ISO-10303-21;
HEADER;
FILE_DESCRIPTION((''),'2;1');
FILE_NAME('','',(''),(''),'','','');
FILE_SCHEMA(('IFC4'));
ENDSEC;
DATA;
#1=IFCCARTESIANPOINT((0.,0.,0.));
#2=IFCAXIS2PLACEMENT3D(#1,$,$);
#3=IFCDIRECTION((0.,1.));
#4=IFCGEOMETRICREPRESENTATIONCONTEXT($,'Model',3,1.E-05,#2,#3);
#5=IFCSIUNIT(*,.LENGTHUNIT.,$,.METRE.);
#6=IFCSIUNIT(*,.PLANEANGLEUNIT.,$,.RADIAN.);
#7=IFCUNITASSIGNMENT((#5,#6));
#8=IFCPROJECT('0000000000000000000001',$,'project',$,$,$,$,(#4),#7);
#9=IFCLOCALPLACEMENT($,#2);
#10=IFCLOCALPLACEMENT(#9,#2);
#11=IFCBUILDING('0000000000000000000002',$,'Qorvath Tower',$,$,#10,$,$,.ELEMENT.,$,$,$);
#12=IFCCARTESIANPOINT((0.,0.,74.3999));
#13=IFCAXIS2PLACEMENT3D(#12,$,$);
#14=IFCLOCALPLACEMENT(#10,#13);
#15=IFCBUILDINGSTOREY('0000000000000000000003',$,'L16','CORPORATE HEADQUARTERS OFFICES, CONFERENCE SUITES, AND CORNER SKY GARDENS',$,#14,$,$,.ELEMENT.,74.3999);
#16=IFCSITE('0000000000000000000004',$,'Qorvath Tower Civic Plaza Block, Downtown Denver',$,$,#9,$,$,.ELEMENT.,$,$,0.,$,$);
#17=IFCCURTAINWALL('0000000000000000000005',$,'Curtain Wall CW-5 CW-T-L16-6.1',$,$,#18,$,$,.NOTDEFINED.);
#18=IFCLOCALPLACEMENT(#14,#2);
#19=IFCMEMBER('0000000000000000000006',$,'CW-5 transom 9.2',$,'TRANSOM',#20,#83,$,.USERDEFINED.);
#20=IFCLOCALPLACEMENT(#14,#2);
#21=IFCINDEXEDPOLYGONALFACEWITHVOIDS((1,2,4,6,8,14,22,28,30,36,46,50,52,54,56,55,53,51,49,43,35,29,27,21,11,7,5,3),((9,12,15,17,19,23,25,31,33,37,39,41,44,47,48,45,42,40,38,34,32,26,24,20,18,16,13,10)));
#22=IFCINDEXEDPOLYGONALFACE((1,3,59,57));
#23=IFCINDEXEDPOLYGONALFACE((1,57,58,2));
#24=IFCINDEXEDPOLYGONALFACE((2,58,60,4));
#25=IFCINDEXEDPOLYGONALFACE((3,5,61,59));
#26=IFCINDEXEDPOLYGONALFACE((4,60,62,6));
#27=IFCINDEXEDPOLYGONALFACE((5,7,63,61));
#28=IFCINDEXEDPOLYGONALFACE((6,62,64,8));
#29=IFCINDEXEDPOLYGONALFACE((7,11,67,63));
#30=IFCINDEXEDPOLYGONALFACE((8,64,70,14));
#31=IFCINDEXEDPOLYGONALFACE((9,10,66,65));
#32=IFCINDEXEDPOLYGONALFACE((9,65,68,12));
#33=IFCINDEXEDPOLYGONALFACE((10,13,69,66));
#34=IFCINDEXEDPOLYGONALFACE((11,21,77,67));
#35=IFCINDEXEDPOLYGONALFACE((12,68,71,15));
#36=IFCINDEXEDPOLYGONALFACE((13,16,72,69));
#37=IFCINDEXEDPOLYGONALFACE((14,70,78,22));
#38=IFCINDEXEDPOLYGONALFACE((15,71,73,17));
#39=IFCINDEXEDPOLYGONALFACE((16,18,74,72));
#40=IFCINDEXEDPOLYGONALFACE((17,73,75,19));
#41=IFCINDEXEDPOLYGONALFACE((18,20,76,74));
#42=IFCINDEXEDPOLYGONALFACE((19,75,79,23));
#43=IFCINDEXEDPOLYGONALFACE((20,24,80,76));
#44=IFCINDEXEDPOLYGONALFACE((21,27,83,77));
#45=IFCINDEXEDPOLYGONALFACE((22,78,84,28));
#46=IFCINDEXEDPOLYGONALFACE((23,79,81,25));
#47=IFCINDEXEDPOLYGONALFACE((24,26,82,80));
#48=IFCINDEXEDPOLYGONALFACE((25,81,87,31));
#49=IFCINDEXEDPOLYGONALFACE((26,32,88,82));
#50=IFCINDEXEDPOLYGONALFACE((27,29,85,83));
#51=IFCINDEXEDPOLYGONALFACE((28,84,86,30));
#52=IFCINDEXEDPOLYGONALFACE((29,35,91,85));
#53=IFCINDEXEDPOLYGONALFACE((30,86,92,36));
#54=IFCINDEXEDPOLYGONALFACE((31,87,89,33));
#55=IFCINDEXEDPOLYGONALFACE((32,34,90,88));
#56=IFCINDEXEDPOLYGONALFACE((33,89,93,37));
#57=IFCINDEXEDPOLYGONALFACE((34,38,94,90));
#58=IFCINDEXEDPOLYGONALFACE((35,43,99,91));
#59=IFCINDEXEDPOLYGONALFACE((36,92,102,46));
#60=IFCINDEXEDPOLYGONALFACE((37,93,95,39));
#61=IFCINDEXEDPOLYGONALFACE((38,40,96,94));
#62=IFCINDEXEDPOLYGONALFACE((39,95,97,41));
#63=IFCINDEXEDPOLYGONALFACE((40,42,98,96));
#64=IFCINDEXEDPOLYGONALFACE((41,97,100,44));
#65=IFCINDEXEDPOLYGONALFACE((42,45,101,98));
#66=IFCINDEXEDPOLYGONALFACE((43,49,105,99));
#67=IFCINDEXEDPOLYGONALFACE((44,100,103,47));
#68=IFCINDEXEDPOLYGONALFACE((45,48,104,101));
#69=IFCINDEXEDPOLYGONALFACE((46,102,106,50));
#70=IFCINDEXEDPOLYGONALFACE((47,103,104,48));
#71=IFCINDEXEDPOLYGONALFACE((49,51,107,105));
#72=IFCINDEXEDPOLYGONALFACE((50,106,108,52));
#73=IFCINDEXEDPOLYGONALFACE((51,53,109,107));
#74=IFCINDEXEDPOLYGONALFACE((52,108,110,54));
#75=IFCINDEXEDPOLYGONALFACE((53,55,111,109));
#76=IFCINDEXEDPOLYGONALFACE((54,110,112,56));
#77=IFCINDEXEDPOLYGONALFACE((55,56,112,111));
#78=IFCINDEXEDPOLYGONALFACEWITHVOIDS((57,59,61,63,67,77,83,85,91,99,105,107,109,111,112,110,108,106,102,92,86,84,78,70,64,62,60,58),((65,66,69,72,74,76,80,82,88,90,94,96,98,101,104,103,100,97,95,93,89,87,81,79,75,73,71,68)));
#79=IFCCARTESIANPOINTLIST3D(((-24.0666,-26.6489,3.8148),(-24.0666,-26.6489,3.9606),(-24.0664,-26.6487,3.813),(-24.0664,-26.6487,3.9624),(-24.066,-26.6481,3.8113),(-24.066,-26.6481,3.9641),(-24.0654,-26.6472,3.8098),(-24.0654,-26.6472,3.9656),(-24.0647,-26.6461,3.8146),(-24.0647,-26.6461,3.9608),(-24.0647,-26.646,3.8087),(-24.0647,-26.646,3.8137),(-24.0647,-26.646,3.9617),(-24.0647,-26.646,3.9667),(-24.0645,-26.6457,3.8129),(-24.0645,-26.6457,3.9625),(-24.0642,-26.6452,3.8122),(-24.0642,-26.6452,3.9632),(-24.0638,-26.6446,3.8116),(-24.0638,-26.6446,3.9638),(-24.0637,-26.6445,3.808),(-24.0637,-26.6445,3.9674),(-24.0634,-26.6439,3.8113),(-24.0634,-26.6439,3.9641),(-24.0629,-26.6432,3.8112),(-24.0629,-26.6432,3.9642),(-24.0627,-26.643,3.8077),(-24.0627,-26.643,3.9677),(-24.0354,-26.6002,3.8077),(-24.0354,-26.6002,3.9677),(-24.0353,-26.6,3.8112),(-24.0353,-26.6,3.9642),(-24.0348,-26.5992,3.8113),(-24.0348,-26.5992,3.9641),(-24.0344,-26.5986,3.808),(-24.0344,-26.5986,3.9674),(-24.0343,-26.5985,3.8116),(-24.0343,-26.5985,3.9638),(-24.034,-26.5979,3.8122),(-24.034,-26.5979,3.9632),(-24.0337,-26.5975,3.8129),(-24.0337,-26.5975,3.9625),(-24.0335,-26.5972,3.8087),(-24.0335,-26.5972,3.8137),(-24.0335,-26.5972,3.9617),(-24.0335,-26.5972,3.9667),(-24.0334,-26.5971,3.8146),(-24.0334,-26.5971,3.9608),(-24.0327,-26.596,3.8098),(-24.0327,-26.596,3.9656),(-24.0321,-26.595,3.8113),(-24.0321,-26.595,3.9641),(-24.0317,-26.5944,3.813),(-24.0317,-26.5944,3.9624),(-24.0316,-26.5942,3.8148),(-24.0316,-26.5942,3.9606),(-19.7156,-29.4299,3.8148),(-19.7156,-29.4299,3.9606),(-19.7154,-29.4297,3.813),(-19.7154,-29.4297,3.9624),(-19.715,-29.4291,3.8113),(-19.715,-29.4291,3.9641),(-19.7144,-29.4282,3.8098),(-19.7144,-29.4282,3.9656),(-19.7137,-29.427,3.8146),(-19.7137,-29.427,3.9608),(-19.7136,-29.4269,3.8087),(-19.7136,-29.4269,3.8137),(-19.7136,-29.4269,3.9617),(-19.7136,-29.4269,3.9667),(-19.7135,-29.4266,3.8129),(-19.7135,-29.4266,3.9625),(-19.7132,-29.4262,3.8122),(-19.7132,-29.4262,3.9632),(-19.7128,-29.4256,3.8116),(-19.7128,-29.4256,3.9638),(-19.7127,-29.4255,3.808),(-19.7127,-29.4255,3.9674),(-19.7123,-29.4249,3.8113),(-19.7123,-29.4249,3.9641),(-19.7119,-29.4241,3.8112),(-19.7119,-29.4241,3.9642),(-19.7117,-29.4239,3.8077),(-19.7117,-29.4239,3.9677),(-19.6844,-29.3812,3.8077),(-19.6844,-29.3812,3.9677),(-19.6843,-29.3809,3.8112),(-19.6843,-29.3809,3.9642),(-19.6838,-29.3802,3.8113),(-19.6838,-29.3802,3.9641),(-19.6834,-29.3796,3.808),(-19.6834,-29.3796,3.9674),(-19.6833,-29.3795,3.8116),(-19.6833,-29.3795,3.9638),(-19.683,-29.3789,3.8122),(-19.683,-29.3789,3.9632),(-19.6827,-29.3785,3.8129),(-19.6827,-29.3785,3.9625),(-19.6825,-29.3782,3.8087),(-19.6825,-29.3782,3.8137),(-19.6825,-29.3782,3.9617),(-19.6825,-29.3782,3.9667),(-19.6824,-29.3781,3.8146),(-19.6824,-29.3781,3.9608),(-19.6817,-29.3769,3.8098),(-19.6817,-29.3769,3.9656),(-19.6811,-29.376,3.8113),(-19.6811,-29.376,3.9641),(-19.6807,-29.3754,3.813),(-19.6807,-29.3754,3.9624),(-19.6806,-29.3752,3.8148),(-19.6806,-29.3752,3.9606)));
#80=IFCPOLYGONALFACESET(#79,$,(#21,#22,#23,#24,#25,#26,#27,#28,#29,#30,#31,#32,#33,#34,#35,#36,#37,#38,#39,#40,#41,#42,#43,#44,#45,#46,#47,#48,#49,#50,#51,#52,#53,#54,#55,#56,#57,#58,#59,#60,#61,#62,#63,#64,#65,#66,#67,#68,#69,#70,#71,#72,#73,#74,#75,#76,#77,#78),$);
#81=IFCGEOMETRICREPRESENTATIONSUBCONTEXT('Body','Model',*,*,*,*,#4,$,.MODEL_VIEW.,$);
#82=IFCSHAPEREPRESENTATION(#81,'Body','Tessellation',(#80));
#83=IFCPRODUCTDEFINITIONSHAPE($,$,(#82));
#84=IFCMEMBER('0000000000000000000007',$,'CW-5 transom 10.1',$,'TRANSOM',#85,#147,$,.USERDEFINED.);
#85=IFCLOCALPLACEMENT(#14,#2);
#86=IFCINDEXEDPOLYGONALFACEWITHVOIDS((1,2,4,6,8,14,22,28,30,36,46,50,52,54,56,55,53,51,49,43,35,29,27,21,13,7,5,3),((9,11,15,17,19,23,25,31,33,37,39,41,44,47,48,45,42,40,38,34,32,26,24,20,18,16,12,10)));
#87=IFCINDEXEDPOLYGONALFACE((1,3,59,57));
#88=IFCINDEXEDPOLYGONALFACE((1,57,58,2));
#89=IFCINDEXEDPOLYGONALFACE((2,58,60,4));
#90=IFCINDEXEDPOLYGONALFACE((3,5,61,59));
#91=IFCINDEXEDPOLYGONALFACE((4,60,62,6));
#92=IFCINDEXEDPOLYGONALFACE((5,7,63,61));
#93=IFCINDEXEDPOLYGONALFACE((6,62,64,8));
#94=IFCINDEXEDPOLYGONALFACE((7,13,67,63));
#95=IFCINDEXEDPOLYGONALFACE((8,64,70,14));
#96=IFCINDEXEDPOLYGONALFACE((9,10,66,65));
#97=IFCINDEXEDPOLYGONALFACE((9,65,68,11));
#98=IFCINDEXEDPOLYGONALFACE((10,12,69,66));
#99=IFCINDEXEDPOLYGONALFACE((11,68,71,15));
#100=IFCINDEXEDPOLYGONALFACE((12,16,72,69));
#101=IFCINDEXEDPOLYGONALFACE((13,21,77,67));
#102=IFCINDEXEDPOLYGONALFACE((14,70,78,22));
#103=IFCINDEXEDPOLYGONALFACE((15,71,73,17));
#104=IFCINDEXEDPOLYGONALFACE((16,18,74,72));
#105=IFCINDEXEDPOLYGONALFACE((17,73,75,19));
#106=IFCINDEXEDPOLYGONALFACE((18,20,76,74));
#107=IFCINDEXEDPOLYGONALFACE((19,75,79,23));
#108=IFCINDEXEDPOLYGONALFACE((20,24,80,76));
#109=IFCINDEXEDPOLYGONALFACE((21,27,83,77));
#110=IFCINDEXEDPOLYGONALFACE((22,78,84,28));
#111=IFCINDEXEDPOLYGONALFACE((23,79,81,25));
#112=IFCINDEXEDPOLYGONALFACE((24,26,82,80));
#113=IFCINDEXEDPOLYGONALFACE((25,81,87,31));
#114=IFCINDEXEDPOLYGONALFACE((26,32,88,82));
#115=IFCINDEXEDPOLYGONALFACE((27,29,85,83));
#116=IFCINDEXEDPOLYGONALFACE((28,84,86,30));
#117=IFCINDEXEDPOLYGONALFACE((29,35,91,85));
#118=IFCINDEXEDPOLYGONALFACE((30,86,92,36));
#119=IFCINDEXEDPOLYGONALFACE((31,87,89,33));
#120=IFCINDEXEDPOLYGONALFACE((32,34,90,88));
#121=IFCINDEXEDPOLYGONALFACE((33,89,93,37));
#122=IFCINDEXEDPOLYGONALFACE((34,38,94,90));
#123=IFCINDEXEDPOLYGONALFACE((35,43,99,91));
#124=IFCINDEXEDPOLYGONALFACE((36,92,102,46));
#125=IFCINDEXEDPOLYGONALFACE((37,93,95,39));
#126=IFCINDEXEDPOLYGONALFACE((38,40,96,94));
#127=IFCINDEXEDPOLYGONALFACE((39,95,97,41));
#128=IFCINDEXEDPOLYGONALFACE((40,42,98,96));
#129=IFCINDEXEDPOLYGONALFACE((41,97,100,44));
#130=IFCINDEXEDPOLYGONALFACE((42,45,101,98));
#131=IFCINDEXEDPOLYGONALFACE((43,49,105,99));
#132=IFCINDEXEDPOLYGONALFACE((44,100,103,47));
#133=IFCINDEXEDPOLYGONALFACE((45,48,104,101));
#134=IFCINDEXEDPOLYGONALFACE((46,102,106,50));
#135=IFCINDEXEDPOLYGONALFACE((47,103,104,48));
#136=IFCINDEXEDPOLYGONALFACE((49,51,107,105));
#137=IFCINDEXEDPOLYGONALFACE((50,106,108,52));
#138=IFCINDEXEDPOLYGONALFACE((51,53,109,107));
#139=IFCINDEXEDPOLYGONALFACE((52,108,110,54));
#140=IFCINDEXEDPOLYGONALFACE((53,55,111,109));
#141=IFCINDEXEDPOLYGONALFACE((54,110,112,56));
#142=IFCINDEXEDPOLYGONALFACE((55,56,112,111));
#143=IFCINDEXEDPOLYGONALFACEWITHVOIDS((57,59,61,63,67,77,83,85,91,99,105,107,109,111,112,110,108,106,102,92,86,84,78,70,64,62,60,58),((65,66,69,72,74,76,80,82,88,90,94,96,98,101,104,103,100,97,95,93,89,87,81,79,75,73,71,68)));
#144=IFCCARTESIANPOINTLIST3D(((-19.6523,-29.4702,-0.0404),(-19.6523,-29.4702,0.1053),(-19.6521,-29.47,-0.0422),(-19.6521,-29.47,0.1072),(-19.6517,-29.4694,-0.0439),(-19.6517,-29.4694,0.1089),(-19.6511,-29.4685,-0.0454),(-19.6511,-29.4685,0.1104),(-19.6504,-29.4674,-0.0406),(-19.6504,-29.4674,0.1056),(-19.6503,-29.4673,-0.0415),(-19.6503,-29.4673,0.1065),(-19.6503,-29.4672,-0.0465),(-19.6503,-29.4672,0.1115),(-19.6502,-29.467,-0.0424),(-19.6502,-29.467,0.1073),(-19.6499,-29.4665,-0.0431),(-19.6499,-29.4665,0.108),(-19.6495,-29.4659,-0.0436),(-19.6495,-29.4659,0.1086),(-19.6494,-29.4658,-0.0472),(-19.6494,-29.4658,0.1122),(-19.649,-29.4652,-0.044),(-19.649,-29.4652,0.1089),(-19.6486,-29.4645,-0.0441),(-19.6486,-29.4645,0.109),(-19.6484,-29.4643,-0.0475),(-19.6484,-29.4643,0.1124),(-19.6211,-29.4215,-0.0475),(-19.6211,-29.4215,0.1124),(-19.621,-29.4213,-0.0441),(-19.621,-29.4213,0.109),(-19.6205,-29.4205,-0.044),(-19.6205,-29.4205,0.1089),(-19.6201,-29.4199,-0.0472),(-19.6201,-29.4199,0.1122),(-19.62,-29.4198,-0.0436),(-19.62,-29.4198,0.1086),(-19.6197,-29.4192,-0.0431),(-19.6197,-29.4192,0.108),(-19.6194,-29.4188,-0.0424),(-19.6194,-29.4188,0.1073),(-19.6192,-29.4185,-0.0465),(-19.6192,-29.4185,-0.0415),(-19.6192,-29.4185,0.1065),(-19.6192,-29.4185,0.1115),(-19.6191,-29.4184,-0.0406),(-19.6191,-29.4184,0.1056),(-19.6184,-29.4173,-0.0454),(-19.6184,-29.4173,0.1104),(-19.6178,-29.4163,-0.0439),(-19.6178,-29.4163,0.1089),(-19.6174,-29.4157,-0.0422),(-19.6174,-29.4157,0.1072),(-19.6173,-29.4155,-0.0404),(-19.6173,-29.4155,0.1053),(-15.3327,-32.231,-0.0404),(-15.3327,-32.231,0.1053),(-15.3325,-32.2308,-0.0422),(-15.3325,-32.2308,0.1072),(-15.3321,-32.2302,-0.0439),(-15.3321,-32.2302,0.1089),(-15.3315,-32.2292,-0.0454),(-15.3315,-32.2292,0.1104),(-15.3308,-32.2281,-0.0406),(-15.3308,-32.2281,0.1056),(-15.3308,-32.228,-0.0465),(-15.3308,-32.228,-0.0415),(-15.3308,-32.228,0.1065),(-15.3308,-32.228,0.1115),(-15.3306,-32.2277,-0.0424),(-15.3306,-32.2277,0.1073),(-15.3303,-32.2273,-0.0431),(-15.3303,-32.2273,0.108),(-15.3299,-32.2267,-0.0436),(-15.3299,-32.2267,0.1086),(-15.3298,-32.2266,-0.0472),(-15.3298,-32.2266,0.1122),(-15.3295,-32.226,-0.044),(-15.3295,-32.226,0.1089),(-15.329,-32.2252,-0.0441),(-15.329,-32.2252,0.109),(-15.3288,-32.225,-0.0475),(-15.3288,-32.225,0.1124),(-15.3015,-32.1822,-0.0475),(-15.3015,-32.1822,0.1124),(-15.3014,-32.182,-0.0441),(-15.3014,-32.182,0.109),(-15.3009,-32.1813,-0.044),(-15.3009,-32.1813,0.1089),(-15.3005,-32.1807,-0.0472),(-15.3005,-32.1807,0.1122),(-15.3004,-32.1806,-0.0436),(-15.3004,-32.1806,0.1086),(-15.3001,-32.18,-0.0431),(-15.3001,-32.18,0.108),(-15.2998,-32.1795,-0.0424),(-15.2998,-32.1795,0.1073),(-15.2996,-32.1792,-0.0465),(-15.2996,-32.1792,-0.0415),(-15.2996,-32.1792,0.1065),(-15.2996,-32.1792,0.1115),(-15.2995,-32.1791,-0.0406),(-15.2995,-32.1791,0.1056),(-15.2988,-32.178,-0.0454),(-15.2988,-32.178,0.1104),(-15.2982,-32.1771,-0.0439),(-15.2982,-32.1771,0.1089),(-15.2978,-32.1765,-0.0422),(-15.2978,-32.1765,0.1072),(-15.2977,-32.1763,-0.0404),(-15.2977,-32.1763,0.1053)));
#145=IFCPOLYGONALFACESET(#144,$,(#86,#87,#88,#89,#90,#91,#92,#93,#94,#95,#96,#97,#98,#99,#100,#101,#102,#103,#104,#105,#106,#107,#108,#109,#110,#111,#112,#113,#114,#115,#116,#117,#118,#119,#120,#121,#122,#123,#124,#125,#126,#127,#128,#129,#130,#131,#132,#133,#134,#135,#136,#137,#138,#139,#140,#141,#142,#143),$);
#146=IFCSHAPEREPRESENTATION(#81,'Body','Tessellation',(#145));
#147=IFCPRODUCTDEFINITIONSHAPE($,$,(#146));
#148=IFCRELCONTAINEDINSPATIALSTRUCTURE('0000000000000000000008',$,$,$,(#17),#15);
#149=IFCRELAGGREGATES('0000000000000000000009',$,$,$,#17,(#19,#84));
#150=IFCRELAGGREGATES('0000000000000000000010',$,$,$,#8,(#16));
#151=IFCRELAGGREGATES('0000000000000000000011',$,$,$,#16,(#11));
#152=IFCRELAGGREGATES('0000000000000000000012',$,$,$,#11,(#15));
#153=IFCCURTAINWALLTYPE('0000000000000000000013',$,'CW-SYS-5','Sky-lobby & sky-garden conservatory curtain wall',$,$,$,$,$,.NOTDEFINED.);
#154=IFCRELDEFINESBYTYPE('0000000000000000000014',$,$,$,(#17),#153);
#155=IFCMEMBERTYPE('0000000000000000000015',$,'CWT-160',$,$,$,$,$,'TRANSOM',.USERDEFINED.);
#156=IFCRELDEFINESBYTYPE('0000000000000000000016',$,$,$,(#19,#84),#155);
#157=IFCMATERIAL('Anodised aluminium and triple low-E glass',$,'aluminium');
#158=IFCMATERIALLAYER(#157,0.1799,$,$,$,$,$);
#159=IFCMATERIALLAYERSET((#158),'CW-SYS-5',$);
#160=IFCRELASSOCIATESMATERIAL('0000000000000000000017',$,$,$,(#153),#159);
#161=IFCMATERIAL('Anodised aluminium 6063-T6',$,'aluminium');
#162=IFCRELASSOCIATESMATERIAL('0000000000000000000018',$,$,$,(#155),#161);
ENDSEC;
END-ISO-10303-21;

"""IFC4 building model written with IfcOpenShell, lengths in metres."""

from ifc_helpers import new_model, si_unit, direction, frame, origin, origin_2d, place, context, subcontext, project, spatial, hollow_rectangle, extrude, material, layer, layer_set, material_profile, profile_set, type_object, element, aggregate, save


model = new_model("IFC4")

# Units and contexts
model_context = context("Model", 3, precision=1e-05, world=origin(), true_north=direction((0.0, 1.0)))
body_context = subcontext(model_context, "Body", "Model", "MODEL_VIEW")
ifc_project = project(units=[si_unit("LENGTHUNIT", "METRE"), si_unit("PLANEANGLEUNIT", "RADIAN")], contexts=[model_context])

# Site, building, storey
site_placement = place(None, origin())
site = spatial("IfcSite", under=ifc_project, at=site_placement, Name="Qorvath Tower Civic Plaza Block, Downtown Denver", CompositionType="ELEMENT", RefElevation=0.0)
building_placement = place(site_placement, origin())
building = spatial("IfcBuilding", under=site, at=building_placement, Name="Qorvath Tower", CompositionType="ELEMENT")
storey_placement = place(building_placement, frame((0.0, 0.0, 74.3999)))
storey = spatial("IfcBuildingStorey", under=building, at=storey_placement, Name="L16", Description="CORPORATE HEADQUARTERS OFFICES, CONFERENCE SUITES, AND CORNER SKY GARDENS", CompositionType="ELEMENT", Elevation=74.3999)

# Curtain wall, members
ifc_material_1 = material(Name="Anodised aluminium and triple low-E glass", Category="aluminium")
ifc_layer_1 = layer(ifc_material_1, 0.1799)
ifc_layer_set_1 = layer_set([ifc_layer_1], Name="CW-SYS-5")
curtain_wall_type = type_object("IfcCurtainWallType", Name="CW-SYS-5", Description="Sky-lobby & sky-garden conservatory curtain wall", PredefinedType="NOTDEFINED", material=ifc_layer_set_1)
curtain_wall_placement = place(storey_placement, origin())
curtain_wall = element("IfcCurtainWall", 1, at=curtain_wall_placement, inside=storey, type_object=curtain_wall_type, Name="Curtain Wall CW-5 CW-T-L16-6.1", PredefinedType="NOTDEFINED")
ifc_material_2 = material(Name="Anodised aluminium 6063-T6", Category="aluminium")
ifc_material_profile_1 = material_profile(ifc_material_2, hollow_rectangle(XDim=0.0649, YDim=0.1599, WallThickness=0.0034, InnerFilletRadius=0.0034, OuterFilletRadius=0.0071, at=origin_2d()), Name="CWT 160x65")
ifc_profile_set_1 = profile_set([ifc_material_profile_1], Name="Anodised aluminium 6063-T6")
member_type_1 = type_object("IfcMemberType", Name="CWT-160", ElementType="TRANSOM", PredefinedType="USERDEFINED", material=ifc_profile_set_1)
member_1_placement = place(storey_placement, frame((-24.0491, -26.6216, 3.8877), z_axis=(0.842595, -0.538548, 0.0), x_axis=(0.538548, 0.842595, 0.0)))
member_1 = element("IfcMember", 2, at=member_1_placement, type_object=member_type_1, Name="CW-5 transom 9.2", ObjectType="TRANSOM", PredefinedType="USERDEFINED", context=body_context, shape_type="SweptSolid", body=[
    extrude(hollow_rectangle(XDim=0.0649, YDim=0.1599, WallThickness=0.0034, InnerFilletRadius=0.0034, OuterFilletRadius=0.0071, at=origin_2d()), origin(), (0.0, 0.0, 1.0), 5.1638),
])
member_2_placement = place(storey_placement, frame((-19.6348, -29.4429, 0.0325), z_axis=(0.842607, -0.538529, 0.0), x_axis=(0.538529, 0.842607, 0.0)))
member_2 = element("IfcMember", 3, at=member_2_placement, type_object=member_type_1, Name="CW-5 transom 10.1", ObjectType="TRANSOM", PredefinedType="USERDEFINED", context=body_context, shape_type="SweptSolid", body=[
    extrude(hollow_rectangle(XDim=0.0649, YDim=0.1599, WallThickness=0.0034, InnerFilletRadius=0.0034, OuterFilletRadius=0.0071, at=origin_2d()), origin(), (0.0, 0.0, 1.0), 5.1265),
])
aggregate(curtain_wall, [member_1, member_2])

save(model, "model.ifc")
